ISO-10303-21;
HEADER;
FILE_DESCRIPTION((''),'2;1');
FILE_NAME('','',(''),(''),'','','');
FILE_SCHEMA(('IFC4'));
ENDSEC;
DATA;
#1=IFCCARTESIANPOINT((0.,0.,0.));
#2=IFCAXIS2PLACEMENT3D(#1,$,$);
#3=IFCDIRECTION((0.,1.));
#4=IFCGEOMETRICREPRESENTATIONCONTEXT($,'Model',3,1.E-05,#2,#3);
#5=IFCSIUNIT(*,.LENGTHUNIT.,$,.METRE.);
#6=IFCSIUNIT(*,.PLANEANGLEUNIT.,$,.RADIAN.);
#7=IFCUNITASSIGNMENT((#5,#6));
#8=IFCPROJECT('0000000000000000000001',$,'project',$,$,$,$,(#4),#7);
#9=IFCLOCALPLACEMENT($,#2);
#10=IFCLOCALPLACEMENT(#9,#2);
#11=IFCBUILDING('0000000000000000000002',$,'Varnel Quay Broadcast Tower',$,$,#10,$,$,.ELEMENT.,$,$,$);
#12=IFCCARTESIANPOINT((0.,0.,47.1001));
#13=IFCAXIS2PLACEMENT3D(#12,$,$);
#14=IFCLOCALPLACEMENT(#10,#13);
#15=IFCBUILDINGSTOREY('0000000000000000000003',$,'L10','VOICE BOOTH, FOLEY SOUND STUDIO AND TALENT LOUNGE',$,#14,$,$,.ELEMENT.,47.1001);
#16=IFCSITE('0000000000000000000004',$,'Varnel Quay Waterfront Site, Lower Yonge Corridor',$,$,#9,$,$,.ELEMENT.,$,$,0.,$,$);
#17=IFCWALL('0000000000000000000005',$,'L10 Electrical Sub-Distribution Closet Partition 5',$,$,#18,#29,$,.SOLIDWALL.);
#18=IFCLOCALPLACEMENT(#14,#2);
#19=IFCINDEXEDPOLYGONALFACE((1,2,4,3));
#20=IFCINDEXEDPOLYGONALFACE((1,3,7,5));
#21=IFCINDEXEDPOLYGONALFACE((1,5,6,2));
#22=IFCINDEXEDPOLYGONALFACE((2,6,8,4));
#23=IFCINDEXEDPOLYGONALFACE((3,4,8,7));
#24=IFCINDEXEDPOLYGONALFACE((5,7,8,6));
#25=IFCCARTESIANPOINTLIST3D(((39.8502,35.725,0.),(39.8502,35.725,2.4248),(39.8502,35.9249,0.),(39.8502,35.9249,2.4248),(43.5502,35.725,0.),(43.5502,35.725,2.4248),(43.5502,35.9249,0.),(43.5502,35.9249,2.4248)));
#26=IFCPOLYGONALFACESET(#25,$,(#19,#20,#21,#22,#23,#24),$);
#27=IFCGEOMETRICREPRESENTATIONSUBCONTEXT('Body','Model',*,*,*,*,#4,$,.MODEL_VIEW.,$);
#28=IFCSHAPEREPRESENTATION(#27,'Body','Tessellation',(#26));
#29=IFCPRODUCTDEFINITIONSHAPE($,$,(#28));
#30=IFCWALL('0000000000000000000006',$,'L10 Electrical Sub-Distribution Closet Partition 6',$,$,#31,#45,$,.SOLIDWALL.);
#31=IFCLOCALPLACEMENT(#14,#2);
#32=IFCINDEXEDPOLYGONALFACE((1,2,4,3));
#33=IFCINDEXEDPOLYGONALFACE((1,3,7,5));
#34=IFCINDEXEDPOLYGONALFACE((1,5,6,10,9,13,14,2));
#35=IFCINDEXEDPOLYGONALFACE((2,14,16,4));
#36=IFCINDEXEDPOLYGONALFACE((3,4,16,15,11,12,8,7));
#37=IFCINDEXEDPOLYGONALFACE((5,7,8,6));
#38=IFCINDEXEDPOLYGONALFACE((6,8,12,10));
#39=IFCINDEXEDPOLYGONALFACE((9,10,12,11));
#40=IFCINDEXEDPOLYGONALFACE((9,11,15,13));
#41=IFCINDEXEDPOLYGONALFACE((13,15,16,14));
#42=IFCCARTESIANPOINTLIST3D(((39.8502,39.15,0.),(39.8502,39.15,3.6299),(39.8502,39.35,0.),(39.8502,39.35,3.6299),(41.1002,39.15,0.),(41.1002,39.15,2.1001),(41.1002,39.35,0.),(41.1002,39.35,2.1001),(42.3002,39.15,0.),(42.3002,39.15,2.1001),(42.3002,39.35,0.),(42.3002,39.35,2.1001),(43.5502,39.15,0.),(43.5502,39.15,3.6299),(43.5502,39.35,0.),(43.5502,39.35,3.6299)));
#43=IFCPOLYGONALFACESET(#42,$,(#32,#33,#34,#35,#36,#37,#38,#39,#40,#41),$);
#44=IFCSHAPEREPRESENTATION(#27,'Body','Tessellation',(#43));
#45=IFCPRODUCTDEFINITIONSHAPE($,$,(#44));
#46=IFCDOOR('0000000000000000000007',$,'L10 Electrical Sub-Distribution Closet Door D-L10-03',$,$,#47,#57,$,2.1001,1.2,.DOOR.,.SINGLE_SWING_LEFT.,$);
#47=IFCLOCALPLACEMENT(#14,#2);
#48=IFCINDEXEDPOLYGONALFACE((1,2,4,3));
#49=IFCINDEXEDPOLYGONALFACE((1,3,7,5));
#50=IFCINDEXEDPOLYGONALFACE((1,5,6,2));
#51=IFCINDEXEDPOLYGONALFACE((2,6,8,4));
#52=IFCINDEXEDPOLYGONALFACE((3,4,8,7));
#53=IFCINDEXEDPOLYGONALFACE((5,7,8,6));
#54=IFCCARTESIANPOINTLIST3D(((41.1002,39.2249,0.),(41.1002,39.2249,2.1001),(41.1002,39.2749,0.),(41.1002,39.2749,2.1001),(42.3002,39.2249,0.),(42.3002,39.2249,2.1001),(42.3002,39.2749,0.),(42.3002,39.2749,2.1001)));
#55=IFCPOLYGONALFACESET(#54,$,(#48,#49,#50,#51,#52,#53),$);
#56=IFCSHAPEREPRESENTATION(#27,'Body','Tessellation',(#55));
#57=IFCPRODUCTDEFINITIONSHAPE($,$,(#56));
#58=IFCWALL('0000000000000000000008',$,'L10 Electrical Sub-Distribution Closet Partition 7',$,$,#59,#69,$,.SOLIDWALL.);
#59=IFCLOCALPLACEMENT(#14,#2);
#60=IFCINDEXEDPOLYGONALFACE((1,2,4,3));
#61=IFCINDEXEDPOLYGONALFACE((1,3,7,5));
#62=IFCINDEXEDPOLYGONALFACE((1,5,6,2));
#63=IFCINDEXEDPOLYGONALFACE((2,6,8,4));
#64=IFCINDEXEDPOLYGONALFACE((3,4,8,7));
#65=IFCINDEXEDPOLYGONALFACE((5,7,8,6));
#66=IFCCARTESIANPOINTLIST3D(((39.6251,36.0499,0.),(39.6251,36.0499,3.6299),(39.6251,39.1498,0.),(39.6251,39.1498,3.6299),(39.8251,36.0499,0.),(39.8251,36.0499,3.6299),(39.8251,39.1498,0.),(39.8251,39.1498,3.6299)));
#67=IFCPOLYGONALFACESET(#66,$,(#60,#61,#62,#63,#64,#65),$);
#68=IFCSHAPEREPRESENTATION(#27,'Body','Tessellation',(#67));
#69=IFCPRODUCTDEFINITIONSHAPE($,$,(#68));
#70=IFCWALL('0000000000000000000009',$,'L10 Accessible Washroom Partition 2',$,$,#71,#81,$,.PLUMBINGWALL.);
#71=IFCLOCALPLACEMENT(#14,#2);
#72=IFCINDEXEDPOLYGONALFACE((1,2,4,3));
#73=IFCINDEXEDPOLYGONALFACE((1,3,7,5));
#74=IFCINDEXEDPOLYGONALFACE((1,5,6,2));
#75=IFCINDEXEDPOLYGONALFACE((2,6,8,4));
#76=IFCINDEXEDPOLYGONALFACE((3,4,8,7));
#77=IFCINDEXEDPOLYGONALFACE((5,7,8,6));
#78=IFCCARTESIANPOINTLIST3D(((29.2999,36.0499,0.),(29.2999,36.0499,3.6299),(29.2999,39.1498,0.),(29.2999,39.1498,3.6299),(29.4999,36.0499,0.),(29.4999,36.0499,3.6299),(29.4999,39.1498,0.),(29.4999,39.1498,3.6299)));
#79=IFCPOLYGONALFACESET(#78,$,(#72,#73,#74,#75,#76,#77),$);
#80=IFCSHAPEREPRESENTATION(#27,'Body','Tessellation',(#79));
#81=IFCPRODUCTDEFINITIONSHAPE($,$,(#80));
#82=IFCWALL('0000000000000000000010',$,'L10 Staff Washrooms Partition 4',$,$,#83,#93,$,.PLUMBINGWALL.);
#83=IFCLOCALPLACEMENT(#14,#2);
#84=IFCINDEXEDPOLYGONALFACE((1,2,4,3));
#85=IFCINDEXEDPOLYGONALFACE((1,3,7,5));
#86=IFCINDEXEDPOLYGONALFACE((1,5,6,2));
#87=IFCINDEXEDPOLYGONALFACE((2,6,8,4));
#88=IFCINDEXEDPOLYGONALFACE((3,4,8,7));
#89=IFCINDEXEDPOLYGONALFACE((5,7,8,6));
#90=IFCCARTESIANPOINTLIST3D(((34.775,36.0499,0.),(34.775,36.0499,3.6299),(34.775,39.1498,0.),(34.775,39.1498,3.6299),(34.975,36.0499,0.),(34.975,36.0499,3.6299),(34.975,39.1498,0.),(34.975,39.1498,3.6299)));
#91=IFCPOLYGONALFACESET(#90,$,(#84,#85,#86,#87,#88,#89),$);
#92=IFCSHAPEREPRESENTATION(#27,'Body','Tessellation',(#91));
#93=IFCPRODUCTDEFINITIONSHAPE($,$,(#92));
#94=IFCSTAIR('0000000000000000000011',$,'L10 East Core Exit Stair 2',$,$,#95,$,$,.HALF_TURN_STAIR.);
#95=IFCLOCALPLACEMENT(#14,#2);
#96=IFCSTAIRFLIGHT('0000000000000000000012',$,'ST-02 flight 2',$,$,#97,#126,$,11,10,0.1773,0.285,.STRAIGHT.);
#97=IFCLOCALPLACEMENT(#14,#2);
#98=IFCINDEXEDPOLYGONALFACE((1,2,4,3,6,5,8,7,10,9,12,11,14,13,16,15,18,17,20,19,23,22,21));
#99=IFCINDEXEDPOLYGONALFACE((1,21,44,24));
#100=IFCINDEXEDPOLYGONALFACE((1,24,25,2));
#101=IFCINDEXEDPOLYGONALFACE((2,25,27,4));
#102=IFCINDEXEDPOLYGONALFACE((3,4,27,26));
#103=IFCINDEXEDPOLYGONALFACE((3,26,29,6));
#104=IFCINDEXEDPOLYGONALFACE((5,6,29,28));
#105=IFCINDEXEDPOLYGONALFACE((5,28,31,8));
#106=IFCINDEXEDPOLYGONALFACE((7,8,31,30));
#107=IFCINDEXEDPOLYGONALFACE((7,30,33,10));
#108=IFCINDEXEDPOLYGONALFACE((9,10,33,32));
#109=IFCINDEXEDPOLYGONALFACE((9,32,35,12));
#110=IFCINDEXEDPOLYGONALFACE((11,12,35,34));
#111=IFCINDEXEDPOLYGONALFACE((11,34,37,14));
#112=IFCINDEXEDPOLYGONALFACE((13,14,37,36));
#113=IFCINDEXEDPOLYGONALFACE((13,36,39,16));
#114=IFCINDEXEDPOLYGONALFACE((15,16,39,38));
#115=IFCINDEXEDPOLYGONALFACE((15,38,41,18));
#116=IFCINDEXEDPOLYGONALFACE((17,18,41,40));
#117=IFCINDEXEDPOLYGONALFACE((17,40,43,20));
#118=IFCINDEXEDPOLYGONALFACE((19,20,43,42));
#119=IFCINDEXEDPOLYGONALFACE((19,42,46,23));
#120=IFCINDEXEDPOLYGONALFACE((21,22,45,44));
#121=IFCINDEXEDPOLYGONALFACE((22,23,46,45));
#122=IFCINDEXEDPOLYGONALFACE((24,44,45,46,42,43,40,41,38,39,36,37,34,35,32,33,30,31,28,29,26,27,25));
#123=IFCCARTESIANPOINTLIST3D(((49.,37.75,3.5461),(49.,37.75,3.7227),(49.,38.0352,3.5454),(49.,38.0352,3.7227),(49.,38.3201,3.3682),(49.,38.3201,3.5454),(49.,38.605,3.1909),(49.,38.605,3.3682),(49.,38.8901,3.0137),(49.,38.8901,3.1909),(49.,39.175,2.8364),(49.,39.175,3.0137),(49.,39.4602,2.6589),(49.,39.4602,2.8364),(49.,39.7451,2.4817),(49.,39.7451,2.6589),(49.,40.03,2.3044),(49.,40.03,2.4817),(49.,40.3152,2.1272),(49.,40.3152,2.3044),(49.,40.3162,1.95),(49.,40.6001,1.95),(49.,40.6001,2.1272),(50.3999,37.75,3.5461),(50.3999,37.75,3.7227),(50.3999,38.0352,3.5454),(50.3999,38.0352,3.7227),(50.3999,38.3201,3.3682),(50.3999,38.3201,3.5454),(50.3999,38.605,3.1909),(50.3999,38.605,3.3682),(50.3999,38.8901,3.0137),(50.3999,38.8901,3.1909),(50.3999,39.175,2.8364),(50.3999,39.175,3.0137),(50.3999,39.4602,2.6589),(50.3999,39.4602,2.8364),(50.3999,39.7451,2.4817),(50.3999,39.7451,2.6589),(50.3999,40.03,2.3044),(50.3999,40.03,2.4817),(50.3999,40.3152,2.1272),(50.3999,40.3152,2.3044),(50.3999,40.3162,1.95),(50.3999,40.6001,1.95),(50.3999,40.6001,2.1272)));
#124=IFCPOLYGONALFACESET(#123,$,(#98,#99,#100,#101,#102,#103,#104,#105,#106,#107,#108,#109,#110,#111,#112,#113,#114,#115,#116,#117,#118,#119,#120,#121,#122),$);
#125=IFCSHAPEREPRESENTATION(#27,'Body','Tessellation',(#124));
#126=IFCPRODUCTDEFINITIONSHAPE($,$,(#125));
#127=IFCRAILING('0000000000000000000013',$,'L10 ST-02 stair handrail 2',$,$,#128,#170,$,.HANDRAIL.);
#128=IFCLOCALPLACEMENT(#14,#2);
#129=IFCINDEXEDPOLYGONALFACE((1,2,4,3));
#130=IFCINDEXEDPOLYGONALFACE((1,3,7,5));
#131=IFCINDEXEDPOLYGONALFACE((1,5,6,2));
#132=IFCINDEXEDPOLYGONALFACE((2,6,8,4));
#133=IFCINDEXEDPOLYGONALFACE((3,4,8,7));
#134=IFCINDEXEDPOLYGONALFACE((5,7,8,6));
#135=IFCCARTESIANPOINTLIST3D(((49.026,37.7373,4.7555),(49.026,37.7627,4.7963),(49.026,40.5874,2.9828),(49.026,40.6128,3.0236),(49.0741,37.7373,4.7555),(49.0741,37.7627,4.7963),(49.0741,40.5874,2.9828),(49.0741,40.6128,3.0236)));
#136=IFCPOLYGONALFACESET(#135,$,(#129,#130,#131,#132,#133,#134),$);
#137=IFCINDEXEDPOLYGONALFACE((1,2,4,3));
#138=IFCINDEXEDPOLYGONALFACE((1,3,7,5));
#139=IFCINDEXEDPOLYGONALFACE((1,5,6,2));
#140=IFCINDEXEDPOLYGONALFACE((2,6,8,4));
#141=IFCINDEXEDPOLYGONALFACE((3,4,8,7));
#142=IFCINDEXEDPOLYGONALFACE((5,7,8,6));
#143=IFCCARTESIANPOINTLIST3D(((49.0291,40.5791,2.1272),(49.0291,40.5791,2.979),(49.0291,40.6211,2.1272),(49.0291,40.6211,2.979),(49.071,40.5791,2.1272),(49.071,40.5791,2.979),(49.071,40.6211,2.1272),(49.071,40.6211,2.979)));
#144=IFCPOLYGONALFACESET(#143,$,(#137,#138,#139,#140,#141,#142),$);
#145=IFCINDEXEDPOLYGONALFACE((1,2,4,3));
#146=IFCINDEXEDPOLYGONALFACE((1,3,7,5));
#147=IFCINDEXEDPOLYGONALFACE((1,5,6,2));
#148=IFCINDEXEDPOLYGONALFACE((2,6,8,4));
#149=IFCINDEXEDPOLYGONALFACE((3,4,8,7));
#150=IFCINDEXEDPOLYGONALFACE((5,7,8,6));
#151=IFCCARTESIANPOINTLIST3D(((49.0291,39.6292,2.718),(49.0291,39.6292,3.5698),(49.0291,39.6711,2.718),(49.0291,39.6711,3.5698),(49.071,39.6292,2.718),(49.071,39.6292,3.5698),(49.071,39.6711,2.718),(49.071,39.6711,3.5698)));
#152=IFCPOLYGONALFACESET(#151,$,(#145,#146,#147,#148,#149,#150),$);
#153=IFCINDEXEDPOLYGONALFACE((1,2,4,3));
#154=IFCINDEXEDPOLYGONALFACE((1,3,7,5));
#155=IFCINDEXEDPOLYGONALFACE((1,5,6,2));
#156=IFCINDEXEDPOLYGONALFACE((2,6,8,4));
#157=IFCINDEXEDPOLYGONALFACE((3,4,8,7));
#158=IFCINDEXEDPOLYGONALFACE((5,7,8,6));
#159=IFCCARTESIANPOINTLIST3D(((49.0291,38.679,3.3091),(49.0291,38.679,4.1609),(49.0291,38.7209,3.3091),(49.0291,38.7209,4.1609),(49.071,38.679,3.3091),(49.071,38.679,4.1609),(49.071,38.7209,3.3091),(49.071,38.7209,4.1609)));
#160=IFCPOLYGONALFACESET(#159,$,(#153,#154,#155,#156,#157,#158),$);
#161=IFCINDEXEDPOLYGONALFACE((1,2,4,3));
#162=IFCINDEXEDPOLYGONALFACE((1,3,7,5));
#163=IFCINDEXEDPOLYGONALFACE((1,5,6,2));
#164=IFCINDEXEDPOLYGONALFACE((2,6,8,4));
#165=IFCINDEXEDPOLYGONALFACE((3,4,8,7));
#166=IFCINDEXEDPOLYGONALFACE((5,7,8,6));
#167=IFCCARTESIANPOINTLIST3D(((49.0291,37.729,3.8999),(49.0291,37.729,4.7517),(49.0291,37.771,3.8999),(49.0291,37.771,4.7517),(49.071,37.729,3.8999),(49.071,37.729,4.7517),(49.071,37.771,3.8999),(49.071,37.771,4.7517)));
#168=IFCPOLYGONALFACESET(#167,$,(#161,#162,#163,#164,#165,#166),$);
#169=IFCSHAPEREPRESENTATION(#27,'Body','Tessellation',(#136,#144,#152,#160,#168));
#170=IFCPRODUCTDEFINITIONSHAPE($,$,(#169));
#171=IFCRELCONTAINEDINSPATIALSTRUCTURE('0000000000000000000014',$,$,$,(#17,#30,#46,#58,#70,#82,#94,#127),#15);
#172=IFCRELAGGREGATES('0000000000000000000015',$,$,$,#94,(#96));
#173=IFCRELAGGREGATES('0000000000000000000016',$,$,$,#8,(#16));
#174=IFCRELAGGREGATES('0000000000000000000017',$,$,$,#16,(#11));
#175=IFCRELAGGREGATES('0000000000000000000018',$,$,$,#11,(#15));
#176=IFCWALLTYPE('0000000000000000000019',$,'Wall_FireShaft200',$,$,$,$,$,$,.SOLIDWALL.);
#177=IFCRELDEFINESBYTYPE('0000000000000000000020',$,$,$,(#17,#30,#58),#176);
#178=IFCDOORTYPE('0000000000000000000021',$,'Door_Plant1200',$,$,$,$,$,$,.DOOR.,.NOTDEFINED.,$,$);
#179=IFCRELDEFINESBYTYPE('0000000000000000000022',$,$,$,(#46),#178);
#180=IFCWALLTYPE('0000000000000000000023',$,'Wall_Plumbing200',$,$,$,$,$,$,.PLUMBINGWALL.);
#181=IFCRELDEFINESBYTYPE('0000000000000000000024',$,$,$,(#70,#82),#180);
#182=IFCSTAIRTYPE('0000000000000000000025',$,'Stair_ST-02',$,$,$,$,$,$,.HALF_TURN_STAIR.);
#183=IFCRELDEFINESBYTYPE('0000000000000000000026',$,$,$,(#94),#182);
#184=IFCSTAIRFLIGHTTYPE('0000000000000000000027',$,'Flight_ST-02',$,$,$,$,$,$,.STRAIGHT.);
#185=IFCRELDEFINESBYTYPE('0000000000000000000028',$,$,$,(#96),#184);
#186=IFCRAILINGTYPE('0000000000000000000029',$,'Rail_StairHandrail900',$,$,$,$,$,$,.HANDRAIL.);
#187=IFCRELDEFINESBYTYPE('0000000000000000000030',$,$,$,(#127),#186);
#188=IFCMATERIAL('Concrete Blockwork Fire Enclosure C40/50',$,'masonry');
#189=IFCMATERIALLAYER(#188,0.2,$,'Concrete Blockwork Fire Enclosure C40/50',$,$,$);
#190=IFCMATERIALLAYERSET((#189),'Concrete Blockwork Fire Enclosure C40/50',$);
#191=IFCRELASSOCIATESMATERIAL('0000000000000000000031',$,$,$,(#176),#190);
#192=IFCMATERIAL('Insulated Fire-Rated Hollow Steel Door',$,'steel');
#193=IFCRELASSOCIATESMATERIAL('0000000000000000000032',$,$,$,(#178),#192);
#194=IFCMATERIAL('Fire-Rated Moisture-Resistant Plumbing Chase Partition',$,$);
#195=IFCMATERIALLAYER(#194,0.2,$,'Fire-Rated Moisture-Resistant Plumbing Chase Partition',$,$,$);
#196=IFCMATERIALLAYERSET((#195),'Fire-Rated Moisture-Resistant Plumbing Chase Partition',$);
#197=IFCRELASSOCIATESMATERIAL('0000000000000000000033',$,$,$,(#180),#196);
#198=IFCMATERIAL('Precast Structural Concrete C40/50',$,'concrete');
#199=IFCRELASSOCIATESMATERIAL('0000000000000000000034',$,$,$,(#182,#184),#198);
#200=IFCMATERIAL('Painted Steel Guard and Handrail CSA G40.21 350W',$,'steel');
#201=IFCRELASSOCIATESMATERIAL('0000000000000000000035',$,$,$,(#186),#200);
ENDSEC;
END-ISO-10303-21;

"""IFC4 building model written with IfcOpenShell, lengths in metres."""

from ifc_helpers import new_model, si_unit, direction, frame, frame_2d, origin, origin_2d, place, context, subcontext, project, spatial, polyline, rectangle, outline, extrude, source, transform, mapped, material, layer, layer_set, type_object, type_shapes, element, fill, aggregate, save


model = new_model("IFC4")

# Units and contexts
model_context = context("Model", 3, precision=1e-05, world=origin(), true_north=direction((0.0, 1.0)))
body_context = subcontext(model_context, "Body", "Model", "MODEL_VIEW")
ifc_project = project(units=[si_unit("LENGTHUNIT", "METRE"), si_unit("PLANEANGLEUNIT", "RADIAN")], contexts=[model_context])

# Site, building, storey
site_placement = place(None, origin())
site = spatial("IfcSite", under=ifc_project, at=site_placement, Name="Varnel Quay Waterfront Site, Lower Yonge Corridor", CompositionType="ELEMENT", RefElevation=0.0)
building_placement = place(site_placement, origin())
building = spatial("IfcBuilding", under=site, at=building_placement, Name="Varnel Quay Broadcast Tower", CompositionType="ELEMENT")
storey_placement = place(building_placement, frame((0.0, 0.0, 47.1001)))
storey = spatial("IfcBuildingStorey", under=building, at=storey_placement, Name="L10", Description="VOICE BOOTH, FOLEY SOUND STUDIO AND TALENT LOUNGE", CompositionType="ELEMENT", Elevation=47.1001)

# Shared definitions
ifc_material_1 = material(Name="Insulated Fire-Rated Hollow Steel Door", Category="steel")

# Wall
ifc_material_2 = material(Name="Concrete Blockwork Fire Enclosure C40/50", Category="masonry")
ifc_layer_1 = layer(ifc_material_2, 0.2, Name="Concrete Blockwork Fire Enclosure C40/50")
ifc_layer_set_1 = layer_set([ifc_layer_1], Name="Concrete Blockwork Fire Enclosure C40/50")
wall_type_1 = type_object("IfcWallType", Name="Wall_FireShaft200", PredefinedType="SOLIDWALL", material=ifc_layer_set_1)
wall_1_placement = place(storey_placement, frame((39.8501, 35.825, 0.0), z_axis=(0.0, 0.0, 1.0), x_axis=(1.0, 0.0, 0.0)))
element("IfcWall", 1, at=wall_1_placement, inside=storey, type_object=wall_type_1, Name="L10 Electrical Sub-Distribution Closet Partition 5", PredefinedType="SOLIDWALL", context=body_context, shape_type="SweptSolid", body=[
    extrude(rectangle(XDim=3.7, YDim=0.2, at=frame_2d((1.8501, 0.0))), origin(), (0.0, 0.0, 1.0), 2.4248),
])

# Wall, opening, door
wall_2_placement = place(storey_placement, frame((39.8501, 39.25, 0.0), z_axis=(0.0, 0.0, 1.0), x_axis=(1.0, 0.0, 0.0)))
wall_2 = element("IfcWall", 2, at=wall_2_placement, inside=storey, type_object=wall_type_1, Name="L10 Electrical Sub-Distribution Closet Partition 6", PredefinedType="SOLIDWALL", context=body_context, shape_type="SweptSolid", body=[
    extrude(rectangle(XDim=3.7, YDim=0.2, at=frame_2d((1.8501, 0.0))), origin(), (0.0, 0.0, 1.0), 3.6299),
])
opening_1_placement = place(wall_2_placement, frame((1.25, 0.0, 0.0)))
opening_1 = element("IfcOpeningElement", 3, at=opening_1_placement, cuts=wall_2, PredefinedType="OPENING", context=body_context, shape_type="SweptSolid", body=[
    extrude(rectangle(XDim=1.2, YDim=2.1001, at=frame_2d((0.6001, 1.05))), frame((0.0, 0.1099, 0.0), z_axis=(0.0, -1.0, 0.0), x_axis=(1.0, 0.0, 0.0)), (0.0, 0.0, 1.0), 0.22),
])
door_type_1 = type_object("IfcDoorType", Name="Door_Plant1200", OperationType="NOTDEFINED", PredefinedType="DOOR", material=ifc_material_1)
shared_shape_1 = source(origin(), body_context, "Body", "SweptSolid", [
    extrude(rectangle(XDim=1.2, YDim=2.1001, at=frame_2d((0.6001, 1.05))), frame((0.0, 0.0249, 0.0), z_axis=(0.0, -1.0, 0.0), x_axis=(1.0, 0.0, 0.0)), (0.0, 0.0, 1.0), 0.05),
])
type_shapes(door_type_1, [shared_shape_1])
door_1_placement = place(opening_1_placement, origin())
door_1 = element("IfcDoor", 4, at=door_1_placement, inside=storey, type_object=door_type_1, Name="L10 Electrical Sub-Distribution Closet Door D-L10-03", OperationType="SINGLE_SWING_LEFT", OverallHeight=2.1001, OverallWidth=1.2, PredefinedType="DOOR", context=body_context, shape_type="MappedRepresentation", body=[
    mapped(shared_shape_1, transform((0.0, 0.0, 0.0), x_axis=(1.0, 0.0, 0.0), y_axis=(0.0, 1.0, 0.0), z_axis=(0.0, 0.0, 1.0), scale=1.0)),
])
fill(opening_1, door_1)

# Walls
wall_3_placement = place(storey_placement, frame((39.7251, 36.05, 0.0), z_axis=(0.0, 0.0, 1.0), x_axis=(0.0, 1.0, 0.0)))
element("IfcWall", 5, at=wall_3_placement, inside=storey, type_object=wall_type_1, Name="L10 Electrical Sub-Distribution Closet Partition 7", PredefinedType="SOLIDWALL", context=body_context, shape_type="SweptSolid", body=[
    extrude(rectangle(XDim=3.0999, YDim=0.2, at=frame_2d((1.5498, 0.0))), origin(), (0.0, 0.0, 1.0), 3.6299),
])
ifc_material_3 = material(Name="Fire-Rated Moisture-Resistant Plumbing Chase Partition")
ifc_layer_2 = layer(ifc_material_3, 0.2, Name="Fire-Rated Moisture-Resistant Plumbing Chase Partition")
ifc_layer_set_2 = layer_set([ifc_layer_2], Name="Fire-Rated Moisture-Resistant Plumbing Chase Partition")
wall_type_2 = type_object("IfcWallType", Name="Wall_Plumbing200", PredefinedType="PLUMBINGWALL", material=ifc_layer_set_2)
for number, where, z_axis, x_axis, name in (
    (6, (29.3999, 36.05, 0.0), (0.0, 0.0, 1.0), (0.0, 1.0, 0.0), "L10 Accessible Washroom Partition 2"),
    (7, (34.875, 36.05, 0.0), (0.0, 0.0, 1.0), (0.0, 1.0, 0.0), "L10 Staff Washrooms Partition 4"),
):
    element("IfcWall", number, at=place(storey_placement, frame(where, z_axis=z_axis, x_axis=x_axis)), inside=storey, type_object=wall_type_2, Name=name, PredefinedType="PLUMBINGWALL", context=body_context, shape_type="SweptSolid", body=[
        extrude(rectangle(XDim=3.0999, YDim=0.2, at=frame_2d((1.5498, 0.0))), origin(), (0.0, 0.0, 1.0), 3.6299),
    ])

# Stair, stair flight
ifc_material_4 = material(Name="Precast Structural Concrete C40/50", Category="concrete")
stair_type = type_object("IfcStairType", Name="Stair_ST-02", PredefinedType="HALF_TURN_STAIR", material=ifc_material_4)
stair_placement = place(storey_placement, origin())
stair = element("IfcStair", 8, at=stair_placement, inside=storey, type_object=stair_type, Name="L10 East Core Exit Stair 2", PredefinedType="HALF_TURN_STAIR")
stair_flight_type = type_object("IfcStairFlightType", Name="Flight_ST-02", PredefinedType="STRAIGHT", material=ifc_material_4)
stair_flight_placement = place(storey_placement, frame((49.7, 40.6001, 1.95), z_axis=(0.0, 0.0, 1.0), x_axis=(0.0, -1.0, 0.0)))
stair_flight = element("IfcStairFlight", 9, at=stair_flight_placement, type_object=stair_flight_type, Name="ST-02 flight 2", NumberOfRisers=11, NumberOfTreads=10, PredefinedType="STRAIGHT", RiserHeight=0.1773, TreadLength=0.285, context=body_context, shape_type="SweptSolid", body=[
    extrude(outline(polyline([(0.0, 0.0), (0.0, 0.1772), (0.2849, 0.1772), (0.2849, 0.3545), (0.5701, 0.3545), (0.5701, 0.5317), (0.855, 0.5317), (0.855, 0.709), (1.1399, 0.709), (1.1399, 0.8865), (1.425, 0.8865), (1.425, 1.0637), (1.71, 1.0637), (1.71, 1.241), (1.9951, 1.241), (1.9951, 1.4182), (2.28, 1.4182), (2.28, 1.5955), (2.5649, 1.5955), (2.5649, 1.7727), (2.8501, 1.7727), (2.8501, 1.95), (2.8501, 1.5962), (0.2839, 0.0), (0.0, 0.0)])), frame((0.0, 0.7, 0.0), z_axis=(0.0, -1.0, 0.0), x_axis=(1.0, 0.0, 0.0)), (0.0, 0.0, 1.0), 1.3999),
])
aggregate(stair, [stair_flight])

# Railing
ifc_material_5 = material(Name="Painted Steel Guard and Handrail CSA G40.21 350W", Category="steel")
railing_type = type_object("IfcRailingType", Name="Rail_StairHandrail900", PredefinedType="HANDRAIL", material=ifc_material_5)
railing_placement = place(storey_placement, frame((49.05, 40.6001, 2.1272)))
element("IfcRailing", 10, at=railing_placement, inside=storey, type_object=railing_type, Name="L10 ST-02 stair handrail 2", PredefinedType="HANDRAIL", context=body_context, shape_type="SweptSolid", body=[
    extrude(rectangle(XDim=0.0481, YDim=0.0481, at=origin_2d()), frame((0.0, 0.0, 0.876), z_axis=(0.0, -0.849149, 0.528154), x_axis=(1.0, 0.0, 0.0)), (0.0, 0.0, 1.0), 3.3564),
    extrude(rectangle(XDim=0.042, YDim=0.042, at=origin_2d()), origin(), (0.0, 0.0, 1.0), 0.8518),
    extrude(rectangle(XDim=0.042, YDim=0.042, at=origin_2d()), frame((0.0, -0.95, 0.5908)), (0.0, 0.0, 1.0), 0.8518),
    extrude(rectangle(XDim=0.042, YDim=0.042, at=origin_2d()), frame((0.0, -1.9001, 1.1819)), (0.0, 0.0, 1.0), 0.8518),
    extrude(rectangle(XDim=0.042, YDim=0.042, at=origin_2d()), frame((0.0, -2.8501, 1.7727)), (0.0, 0.0, 1.0), 0.8518),
])

save(model, "model.ifc")
